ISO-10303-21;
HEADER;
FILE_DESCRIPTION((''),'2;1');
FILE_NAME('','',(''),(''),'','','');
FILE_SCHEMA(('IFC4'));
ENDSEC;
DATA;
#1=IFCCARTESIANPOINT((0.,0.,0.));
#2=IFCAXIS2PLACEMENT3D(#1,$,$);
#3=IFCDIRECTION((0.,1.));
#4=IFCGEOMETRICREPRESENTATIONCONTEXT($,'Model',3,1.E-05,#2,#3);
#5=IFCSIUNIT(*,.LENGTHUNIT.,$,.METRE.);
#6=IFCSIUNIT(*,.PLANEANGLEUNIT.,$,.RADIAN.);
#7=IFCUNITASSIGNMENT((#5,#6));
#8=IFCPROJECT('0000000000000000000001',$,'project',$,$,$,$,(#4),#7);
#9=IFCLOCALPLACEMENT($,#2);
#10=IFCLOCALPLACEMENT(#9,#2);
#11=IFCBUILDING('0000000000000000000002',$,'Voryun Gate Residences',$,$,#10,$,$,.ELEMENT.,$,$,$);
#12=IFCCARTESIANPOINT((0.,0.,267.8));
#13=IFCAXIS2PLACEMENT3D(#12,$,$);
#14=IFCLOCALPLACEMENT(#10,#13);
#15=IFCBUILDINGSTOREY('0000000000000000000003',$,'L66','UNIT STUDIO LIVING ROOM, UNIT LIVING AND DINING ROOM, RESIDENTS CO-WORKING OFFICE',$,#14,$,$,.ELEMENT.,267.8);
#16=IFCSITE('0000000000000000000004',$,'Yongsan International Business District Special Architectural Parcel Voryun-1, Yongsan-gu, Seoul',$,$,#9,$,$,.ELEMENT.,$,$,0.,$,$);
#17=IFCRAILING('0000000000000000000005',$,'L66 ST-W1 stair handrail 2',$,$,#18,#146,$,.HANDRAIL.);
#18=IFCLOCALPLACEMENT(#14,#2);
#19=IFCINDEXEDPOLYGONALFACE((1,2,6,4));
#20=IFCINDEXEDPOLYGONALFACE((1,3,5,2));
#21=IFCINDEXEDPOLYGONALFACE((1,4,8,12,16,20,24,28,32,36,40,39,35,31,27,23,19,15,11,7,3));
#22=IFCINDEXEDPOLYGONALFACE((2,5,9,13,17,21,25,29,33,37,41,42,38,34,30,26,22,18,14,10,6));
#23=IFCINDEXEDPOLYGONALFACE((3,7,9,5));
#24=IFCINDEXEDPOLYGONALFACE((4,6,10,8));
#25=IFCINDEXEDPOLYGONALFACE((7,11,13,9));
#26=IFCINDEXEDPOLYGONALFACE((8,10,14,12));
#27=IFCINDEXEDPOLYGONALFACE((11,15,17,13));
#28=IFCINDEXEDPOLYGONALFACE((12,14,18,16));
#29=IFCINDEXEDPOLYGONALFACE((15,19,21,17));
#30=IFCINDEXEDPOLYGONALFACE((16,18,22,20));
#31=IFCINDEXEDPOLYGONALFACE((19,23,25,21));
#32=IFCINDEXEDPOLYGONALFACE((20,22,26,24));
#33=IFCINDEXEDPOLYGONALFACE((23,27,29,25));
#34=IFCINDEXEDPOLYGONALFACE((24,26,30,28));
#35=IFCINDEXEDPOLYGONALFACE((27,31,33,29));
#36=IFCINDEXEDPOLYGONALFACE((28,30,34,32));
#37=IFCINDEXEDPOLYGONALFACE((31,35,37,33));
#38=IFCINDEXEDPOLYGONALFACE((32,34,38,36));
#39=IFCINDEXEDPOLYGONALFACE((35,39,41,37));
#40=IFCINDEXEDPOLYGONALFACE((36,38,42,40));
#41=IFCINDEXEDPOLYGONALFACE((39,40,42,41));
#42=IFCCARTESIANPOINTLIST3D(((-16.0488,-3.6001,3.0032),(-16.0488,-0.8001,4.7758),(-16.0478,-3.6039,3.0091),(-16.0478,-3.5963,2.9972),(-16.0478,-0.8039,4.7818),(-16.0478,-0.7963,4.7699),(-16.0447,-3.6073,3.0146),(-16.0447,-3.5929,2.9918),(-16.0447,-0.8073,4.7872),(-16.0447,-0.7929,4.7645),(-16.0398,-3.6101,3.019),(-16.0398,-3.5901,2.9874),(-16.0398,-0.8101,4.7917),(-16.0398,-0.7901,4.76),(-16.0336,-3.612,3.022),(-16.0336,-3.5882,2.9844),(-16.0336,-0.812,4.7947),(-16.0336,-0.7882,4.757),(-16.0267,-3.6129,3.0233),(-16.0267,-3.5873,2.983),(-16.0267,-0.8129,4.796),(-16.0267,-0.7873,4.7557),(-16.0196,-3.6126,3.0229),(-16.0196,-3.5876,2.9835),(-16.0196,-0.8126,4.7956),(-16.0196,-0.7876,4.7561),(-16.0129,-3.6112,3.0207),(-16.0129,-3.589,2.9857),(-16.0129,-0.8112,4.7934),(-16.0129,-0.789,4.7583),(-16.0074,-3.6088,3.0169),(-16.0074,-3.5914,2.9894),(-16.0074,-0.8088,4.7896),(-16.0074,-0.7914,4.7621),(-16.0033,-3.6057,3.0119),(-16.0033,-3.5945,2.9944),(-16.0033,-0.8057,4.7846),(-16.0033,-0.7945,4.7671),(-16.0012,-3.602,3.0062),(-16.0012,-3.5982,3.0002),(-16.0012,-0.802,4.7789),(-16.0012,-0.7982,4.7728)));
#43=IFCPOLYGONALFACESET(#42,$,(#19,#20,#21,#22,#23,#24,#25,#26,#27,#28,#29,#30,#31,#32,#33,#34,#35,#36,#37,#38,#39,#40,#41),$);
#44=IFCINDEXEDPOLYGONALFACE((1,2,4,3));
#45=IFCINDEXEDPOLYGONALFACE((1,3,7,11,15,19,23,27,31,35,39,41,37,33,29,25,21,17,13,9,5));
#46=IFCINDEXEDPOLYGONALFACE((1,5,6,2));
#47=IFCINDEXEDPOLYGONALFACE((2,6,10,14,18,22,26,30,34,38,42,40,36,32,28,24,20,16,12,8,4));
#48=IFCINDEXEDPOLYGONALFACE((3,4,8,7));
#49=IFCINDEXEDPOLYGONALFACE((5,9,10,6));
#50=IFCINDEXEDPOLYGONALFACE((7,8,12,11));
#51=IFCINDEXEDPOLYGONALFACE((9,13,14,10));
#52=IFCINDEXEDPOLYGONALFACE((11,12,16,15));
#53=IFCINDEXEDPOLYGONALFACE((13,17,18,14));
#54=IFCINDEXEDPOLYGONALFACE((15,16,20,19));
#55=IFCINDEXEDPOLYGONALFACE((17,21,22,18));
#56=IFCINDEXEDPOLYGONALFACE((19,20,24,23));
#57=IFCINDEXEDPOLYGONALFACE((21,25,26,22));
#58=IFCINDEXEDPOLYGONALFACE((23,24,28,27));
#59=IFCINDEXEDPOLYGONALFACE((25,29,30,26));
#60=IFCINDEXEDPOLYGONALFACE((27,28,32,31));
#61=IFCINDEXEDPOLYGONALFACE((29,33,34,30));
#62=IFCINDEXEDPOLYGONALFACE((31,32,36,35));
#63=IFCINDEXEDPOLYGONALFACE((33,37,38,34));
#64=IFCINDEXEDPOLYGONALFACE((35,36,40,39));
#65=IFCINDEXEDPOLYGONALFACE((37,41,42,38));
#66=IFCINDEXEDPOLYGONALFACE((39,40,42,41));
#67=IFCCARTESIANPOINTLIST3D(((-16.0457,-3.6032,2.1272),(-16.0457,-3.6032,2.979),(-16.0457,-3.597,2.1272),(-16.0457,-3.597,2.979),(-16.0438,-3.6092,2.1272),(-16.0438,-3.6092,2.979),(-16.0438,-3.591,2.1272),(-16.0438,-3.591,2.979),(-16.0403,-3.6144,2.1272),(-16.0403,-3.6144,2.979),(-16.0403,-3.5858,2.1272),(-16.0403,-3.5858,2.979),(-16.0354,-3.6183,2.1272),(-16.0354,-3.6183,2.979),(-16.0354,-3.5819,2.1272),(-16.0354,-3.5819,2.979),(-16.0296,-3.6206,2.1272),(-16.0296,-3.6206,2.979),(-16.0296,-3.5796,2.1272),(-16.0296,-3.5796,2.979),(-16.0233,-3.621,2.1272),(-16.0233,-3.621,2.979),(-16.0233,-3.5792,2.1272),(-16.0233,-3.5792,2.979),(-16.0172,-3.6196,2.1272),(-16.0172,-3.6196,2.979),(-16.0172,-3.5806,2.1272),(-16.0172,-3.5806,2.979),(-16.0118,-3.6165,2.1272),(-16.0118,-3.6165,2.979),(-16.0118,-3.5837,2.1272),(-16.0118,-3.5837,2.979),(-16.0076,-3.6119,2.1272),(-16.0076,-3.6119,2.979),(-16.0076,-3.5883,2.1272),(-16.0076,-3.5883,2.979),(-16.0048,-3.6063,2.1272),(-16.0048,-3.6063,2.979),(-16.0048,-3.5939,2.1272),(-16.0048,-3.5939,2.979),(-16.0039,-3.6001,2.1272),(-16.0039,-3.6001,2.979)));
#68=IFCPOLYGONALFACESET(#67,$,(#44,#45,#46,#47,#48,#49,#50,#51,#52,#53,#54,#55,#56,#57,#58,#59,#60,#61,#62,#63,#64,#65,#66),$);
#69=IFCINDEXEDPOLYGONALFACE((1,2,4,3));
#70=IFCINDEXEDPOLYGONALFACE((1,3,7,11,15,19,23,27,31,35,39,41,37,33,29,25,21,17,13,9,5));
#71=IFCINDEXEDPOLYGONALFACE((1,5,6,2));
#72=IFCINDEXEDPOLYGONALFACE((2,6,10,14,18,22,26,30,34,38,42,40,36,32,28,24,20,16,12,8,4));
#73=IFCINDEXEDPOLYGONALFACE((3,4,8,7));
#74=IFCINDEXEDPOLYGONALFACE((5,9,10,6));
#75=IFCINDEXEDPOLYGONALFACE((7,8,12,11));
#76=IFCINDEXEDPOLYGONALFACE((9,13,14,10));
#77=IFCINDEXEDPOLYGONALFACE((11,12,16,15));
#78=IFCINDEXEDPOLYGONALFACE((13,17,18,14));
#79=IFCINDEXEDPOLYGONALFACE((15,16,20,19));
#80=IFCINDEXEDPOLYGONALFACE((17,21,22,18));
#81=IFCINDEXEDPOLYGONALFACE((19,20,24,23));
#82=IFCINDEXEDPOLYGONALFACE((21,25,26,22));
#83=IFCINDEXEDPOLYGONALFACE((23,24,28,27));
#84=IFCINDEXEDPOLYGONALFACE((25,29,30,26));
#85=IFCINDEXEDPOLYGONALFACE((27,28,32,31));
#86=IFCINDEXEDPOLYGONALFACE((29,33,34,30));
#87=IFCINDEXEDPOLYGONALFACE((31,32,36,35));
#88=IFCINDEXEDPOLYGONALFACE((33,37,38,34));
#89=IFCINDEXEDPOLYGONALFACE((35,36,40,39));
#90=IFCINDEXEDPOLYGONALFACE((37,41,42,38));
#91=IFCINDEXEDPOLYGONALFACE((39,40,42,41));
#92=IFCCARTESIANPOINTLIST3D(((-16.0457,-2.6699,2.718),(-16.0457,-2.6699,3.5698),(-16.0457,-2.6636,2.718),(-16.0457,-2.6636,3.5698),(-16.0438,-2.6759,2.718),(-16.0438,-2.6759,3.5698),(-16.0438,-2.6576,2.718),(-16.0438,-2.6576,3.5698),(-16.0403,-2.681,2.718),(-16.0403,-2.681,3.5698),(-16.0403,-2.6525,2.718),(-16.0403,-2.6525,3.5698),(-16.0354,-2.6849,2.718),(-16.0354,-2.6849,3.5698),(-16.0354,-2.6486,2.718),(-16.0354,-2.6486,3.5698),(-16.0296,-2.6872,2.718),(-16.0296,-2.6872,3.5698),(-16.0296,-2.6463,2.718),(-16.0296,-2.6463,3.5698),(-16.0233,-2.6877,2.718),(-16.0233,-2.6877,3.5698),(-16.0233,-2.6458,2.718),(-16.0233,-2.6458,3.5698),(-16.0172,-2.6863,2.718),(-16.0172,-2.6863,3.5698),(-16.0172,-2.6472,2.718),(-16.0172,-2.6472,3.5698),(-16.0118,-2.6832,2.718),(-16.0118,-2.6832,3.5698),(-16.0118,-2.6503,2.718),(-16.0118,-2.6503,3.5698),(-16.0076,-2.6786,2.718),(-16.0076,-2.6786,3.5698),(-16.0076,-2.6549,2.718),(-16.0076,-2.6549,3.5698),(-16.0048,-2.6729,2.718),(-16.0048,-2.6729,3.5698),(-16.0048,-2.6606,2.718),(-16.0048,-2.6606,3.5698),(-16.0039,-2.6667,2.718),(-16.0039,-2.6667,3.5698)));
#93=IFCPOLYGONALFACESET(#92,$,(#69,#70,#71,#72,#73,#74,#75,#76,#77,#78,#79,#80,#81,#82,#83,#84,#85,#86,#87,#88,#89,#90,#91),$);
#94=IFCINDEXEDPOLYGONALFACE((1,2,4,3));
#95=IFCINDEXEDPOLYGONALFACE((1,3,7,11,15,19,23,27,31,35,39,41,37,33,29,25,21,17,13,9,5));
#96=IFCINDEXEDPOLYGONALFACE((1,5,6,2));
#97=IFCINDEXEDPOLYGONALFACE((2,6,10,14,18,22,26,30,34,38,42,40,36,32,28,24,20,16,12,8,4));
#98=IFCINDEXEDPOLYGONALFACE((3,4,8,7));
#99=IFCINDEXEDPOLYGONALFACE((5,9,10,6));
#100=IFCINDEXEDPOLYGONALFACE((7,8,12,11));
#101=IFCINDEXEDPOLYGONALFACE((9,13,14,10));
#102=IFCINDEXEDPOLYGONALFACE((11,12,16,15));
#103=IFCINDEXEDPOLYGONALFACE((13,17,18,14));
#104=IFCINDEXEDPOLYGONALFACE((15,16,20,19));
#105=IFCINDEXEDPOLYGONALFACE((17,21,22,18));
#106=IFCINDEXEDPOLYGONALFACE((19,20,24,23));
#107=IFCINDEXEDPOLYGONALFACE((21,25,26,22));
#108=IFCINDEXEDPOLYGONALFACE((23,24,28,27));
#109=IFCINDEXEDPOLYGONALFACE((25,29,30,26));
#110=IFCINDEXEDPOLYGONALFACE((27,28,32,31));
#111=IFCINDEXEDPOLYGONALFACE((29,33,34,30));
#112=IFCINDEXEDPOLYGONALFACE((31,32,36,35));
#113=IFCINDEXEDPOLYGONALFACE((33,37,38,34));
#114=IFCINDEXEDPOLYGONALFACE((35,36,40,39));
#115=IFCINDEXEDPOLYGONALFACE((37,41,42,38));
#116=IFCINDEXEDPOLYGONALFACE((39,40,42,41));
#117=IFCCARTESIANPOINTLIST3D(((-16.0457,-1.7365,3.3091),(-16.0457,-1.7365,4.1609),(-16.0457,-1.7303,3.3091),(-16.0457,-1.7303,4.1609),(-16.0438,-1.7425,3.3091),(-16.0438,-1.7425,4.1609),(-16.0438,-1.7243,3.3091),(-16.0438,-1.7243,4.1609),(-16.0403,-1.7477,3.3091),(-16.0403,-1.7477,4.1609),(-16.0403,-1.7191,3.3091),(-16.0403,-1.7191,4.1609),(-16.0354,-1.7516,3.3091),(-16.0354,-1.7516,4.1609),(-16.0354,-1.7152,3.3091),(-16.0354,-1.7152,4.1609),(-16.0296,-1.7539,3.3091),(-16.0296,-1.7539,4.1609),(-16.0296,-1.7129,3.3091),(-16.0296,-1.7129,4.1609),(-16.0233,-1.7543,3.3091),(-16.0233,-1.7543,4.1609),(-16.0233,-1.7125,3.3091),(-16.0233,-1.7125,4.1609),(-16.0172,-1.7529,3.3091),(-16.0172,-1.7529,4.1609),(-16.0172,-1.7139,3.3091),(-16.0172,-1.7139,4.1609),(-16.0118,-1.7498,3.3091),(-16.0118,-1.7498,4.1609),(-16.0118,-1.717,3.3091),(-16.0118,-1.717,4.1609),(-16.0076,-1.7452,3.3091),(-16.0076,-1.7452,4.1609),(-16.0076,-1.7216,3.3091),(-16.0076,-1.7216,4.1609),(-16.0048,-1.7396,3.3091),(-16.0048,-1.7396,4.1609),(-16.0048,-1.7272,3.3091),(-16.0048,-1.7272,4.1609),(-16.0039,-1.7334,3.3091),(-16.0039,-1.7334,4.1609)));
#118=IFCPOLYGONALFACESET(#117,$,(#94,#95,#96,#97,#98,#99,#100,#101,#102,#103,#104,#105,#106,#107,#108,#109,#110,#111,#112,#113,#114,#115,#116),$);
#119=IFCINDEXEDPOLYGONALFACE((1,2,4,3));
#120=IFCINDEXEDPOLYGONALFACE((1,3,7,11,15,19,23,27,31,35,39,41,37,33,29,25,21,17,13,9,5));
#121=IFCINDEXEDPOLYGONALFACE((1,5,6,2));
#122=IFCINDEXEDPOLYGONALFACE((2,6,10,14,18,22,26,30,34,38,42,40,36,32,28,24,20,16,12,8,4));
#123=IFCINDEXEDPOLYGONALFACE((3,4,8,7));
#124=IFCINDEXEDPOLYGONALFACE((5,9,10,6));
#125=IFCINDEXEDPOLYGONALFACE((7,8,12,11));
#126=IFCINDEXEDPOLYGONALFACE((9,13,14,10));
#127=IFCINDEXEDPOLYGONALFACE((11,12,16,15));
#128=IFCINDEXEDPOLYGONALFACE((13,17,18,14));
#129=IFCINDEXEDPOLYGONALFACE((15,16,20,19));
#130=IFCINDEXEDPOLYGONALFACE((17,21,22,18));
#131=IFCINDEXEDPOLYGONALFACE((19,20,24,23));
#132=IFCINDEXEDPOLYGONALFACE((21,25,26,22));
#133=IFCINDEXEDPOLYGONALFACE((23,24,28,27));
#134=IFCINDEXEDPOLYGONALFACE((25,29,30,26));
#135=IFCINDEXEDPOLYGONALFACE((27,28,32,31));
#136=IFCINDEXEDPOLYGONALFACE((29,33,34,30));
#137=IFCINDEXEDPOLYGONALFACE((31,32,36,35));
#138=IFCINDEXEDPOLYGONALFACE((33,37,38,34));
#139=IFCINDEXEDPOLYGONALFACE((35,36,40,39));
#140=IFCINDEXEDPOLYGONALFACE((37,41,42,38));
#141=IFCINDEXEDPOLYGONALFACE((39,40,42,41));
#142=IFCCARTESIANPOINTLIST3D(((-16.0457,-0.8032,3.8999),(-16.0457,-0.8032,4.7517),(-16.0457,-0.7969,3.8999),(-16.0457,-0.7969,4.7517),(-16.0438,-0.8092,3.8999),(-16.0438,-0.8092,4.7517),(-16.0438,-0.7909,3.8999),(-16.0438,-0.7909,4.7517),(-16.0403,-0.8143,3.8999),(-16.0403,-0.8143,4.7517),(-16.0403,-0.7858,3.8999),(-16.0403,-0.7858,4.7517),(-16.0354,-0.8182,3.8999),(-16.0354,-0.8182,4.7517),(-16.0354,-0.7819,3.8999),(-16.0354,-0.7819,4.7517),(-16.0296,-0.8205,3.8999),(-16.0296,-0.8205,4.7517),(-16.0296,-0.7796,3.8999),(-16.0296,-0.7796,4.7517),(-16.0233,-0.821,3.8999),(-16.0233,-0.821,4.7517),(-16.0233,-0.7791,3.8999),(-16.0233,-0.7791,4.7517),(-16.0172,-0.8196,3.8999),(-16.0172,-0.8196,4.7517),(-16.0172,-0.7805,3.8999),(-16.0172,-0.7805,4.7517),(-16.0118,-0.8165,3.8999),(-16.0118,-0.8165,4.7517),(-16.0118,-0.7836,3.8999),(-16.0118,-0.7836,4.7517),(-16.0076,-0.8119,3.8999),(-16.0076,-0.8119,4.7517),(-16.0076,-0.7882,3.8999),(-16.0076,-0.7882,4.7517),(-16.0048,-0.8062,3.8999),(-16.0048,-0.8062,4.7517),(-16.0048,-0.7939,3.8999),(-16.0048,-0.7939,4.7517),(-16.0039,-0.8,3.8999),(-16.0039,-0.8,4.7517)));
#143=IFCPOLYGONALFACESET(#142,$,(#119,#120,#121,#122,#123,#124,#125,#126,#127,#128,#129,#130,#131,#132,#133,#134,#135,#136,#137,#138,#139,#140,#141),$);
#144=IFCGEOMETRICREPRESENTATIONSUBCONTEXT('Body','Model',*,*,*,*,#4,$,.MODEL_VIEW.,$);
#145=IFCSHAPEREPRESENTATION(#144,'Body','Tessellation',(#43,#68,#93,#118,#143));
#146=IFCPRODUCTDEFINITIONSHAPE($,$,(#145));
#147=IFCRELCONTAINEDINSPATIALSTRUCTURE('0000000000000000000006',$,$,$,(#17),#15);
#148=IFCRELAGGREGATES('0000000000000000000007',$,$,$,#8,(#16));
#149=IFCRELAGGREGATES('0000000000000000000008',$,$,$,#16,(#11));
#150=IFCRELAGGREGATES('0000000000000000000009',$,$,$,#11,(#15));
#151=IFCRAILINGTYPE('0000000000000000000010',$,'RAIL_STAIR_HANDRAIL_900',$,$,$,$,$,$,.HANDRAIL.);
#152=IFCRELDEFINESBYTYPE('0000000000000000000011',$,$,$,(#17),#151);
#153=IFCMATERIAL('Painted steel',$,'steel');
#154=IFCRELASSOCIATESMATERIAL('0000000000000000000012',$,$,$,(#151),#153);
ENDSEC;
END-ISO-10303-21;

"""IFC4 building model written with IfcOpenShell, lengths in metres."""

from ifc_helpers import new_model, si_unit, direction, frame, origin, origin_2d, place, context, subcontext, project, spatial, circle, extrude, material, type_object, element, save


model = new_model("IFC4")

# Units and contexts
model_context = context("Model", 3, precision=1e-05, world=origin(), true_north=direction((0.0, 1.0)))
body_context = subcontext(model_context, "Body", "Model", "MODEL_VIEW")
ifc_project = project(units=[si_unit("LENGTHUNIT", "METRE"), si_unit("PLANEANGLEUNIT", "RADIAN")], contexts=[model_context])

# Site, building, storey
site_placement = place(None, origin())
site = spatial("IfcSite", under=ifc_project, at=site_placement, Name="Yongsan International Business District Special Architectural Parcel Voryun-1, Yongsan-gu, Seoul", CompositionType="ELEMENT", RefElevation=0.0)
building_placement = place(site_placement, origin())
building = spatial("IfcBuilding", under=site, at=building_placement, Name="Voryun Gate Residences", CompositionType="ELEMENT")
storey_placement = place(building_placement, frame((0.0, 0.0, 267.8)))
storey = spatial("IfcBuildingStorey", under=building, at=storey_placement, Name="L66", Description="UNIT STUDIO LIVING ROOM, UNIT LIVING AND DINING ROOM, RESIDENTS CO-WORKING OFFICE", CompositionType="ELEMENT", Elevation=267.8)

# Railing
ifc_material_1 = material(Name="Painted steel", Category="steel")
railing_type_1 = type_object("IfcRailingType", Name="RAIL_STAIR_HANDRAIL_900", PredefinedType="HANDRAIL", material=ifc_material_1)
railing_1_placement = place(storey_placement, frame((-16.0249, -3.6001, 2.1272)))
element("IfcRailing", 1, at=railing_1_placement, inside=storey, type_object=railing_type_1, Name="L66 ST-W1 stair handrail 2", PredefinedType="HANDRAIL", context=body_context, shape_type="SweptSolid", body=[
    extrude(circle(Radius=0.0239, at=origin_2d()), frame((0.0, 0.0, 0.876), z_axis=(0.0, 0.844909, 0.53491), x_axis=(-1.0, 0.0, 0.0)), (0.0, 0.0, 1.0), 3.314),
    extrude(circle(Radius=0.021, at=origin_2d()), origin(), (0.0, 0.0, 1.0), 0.8518),
    extrude(circle(Radius=0.021, at=origin_2d()), frame((0.0, 0.9333, 0.5908)), (0.0, 0.0, 1.0), 0.8518),
    extrude(circle(Radius=0.021, at=origin_2d()), frame((0.0, 1.8667, 1.1819)), (0.0, 0.0, 1.0), 0.8518),
    extrude(circle(Radius=0.021, at=origin_2d()), frame((0.0, 2.8, 1.7727)), (0.0, 0.0, 1.0), 0.8518),
])

save(model, "model.ifc")
